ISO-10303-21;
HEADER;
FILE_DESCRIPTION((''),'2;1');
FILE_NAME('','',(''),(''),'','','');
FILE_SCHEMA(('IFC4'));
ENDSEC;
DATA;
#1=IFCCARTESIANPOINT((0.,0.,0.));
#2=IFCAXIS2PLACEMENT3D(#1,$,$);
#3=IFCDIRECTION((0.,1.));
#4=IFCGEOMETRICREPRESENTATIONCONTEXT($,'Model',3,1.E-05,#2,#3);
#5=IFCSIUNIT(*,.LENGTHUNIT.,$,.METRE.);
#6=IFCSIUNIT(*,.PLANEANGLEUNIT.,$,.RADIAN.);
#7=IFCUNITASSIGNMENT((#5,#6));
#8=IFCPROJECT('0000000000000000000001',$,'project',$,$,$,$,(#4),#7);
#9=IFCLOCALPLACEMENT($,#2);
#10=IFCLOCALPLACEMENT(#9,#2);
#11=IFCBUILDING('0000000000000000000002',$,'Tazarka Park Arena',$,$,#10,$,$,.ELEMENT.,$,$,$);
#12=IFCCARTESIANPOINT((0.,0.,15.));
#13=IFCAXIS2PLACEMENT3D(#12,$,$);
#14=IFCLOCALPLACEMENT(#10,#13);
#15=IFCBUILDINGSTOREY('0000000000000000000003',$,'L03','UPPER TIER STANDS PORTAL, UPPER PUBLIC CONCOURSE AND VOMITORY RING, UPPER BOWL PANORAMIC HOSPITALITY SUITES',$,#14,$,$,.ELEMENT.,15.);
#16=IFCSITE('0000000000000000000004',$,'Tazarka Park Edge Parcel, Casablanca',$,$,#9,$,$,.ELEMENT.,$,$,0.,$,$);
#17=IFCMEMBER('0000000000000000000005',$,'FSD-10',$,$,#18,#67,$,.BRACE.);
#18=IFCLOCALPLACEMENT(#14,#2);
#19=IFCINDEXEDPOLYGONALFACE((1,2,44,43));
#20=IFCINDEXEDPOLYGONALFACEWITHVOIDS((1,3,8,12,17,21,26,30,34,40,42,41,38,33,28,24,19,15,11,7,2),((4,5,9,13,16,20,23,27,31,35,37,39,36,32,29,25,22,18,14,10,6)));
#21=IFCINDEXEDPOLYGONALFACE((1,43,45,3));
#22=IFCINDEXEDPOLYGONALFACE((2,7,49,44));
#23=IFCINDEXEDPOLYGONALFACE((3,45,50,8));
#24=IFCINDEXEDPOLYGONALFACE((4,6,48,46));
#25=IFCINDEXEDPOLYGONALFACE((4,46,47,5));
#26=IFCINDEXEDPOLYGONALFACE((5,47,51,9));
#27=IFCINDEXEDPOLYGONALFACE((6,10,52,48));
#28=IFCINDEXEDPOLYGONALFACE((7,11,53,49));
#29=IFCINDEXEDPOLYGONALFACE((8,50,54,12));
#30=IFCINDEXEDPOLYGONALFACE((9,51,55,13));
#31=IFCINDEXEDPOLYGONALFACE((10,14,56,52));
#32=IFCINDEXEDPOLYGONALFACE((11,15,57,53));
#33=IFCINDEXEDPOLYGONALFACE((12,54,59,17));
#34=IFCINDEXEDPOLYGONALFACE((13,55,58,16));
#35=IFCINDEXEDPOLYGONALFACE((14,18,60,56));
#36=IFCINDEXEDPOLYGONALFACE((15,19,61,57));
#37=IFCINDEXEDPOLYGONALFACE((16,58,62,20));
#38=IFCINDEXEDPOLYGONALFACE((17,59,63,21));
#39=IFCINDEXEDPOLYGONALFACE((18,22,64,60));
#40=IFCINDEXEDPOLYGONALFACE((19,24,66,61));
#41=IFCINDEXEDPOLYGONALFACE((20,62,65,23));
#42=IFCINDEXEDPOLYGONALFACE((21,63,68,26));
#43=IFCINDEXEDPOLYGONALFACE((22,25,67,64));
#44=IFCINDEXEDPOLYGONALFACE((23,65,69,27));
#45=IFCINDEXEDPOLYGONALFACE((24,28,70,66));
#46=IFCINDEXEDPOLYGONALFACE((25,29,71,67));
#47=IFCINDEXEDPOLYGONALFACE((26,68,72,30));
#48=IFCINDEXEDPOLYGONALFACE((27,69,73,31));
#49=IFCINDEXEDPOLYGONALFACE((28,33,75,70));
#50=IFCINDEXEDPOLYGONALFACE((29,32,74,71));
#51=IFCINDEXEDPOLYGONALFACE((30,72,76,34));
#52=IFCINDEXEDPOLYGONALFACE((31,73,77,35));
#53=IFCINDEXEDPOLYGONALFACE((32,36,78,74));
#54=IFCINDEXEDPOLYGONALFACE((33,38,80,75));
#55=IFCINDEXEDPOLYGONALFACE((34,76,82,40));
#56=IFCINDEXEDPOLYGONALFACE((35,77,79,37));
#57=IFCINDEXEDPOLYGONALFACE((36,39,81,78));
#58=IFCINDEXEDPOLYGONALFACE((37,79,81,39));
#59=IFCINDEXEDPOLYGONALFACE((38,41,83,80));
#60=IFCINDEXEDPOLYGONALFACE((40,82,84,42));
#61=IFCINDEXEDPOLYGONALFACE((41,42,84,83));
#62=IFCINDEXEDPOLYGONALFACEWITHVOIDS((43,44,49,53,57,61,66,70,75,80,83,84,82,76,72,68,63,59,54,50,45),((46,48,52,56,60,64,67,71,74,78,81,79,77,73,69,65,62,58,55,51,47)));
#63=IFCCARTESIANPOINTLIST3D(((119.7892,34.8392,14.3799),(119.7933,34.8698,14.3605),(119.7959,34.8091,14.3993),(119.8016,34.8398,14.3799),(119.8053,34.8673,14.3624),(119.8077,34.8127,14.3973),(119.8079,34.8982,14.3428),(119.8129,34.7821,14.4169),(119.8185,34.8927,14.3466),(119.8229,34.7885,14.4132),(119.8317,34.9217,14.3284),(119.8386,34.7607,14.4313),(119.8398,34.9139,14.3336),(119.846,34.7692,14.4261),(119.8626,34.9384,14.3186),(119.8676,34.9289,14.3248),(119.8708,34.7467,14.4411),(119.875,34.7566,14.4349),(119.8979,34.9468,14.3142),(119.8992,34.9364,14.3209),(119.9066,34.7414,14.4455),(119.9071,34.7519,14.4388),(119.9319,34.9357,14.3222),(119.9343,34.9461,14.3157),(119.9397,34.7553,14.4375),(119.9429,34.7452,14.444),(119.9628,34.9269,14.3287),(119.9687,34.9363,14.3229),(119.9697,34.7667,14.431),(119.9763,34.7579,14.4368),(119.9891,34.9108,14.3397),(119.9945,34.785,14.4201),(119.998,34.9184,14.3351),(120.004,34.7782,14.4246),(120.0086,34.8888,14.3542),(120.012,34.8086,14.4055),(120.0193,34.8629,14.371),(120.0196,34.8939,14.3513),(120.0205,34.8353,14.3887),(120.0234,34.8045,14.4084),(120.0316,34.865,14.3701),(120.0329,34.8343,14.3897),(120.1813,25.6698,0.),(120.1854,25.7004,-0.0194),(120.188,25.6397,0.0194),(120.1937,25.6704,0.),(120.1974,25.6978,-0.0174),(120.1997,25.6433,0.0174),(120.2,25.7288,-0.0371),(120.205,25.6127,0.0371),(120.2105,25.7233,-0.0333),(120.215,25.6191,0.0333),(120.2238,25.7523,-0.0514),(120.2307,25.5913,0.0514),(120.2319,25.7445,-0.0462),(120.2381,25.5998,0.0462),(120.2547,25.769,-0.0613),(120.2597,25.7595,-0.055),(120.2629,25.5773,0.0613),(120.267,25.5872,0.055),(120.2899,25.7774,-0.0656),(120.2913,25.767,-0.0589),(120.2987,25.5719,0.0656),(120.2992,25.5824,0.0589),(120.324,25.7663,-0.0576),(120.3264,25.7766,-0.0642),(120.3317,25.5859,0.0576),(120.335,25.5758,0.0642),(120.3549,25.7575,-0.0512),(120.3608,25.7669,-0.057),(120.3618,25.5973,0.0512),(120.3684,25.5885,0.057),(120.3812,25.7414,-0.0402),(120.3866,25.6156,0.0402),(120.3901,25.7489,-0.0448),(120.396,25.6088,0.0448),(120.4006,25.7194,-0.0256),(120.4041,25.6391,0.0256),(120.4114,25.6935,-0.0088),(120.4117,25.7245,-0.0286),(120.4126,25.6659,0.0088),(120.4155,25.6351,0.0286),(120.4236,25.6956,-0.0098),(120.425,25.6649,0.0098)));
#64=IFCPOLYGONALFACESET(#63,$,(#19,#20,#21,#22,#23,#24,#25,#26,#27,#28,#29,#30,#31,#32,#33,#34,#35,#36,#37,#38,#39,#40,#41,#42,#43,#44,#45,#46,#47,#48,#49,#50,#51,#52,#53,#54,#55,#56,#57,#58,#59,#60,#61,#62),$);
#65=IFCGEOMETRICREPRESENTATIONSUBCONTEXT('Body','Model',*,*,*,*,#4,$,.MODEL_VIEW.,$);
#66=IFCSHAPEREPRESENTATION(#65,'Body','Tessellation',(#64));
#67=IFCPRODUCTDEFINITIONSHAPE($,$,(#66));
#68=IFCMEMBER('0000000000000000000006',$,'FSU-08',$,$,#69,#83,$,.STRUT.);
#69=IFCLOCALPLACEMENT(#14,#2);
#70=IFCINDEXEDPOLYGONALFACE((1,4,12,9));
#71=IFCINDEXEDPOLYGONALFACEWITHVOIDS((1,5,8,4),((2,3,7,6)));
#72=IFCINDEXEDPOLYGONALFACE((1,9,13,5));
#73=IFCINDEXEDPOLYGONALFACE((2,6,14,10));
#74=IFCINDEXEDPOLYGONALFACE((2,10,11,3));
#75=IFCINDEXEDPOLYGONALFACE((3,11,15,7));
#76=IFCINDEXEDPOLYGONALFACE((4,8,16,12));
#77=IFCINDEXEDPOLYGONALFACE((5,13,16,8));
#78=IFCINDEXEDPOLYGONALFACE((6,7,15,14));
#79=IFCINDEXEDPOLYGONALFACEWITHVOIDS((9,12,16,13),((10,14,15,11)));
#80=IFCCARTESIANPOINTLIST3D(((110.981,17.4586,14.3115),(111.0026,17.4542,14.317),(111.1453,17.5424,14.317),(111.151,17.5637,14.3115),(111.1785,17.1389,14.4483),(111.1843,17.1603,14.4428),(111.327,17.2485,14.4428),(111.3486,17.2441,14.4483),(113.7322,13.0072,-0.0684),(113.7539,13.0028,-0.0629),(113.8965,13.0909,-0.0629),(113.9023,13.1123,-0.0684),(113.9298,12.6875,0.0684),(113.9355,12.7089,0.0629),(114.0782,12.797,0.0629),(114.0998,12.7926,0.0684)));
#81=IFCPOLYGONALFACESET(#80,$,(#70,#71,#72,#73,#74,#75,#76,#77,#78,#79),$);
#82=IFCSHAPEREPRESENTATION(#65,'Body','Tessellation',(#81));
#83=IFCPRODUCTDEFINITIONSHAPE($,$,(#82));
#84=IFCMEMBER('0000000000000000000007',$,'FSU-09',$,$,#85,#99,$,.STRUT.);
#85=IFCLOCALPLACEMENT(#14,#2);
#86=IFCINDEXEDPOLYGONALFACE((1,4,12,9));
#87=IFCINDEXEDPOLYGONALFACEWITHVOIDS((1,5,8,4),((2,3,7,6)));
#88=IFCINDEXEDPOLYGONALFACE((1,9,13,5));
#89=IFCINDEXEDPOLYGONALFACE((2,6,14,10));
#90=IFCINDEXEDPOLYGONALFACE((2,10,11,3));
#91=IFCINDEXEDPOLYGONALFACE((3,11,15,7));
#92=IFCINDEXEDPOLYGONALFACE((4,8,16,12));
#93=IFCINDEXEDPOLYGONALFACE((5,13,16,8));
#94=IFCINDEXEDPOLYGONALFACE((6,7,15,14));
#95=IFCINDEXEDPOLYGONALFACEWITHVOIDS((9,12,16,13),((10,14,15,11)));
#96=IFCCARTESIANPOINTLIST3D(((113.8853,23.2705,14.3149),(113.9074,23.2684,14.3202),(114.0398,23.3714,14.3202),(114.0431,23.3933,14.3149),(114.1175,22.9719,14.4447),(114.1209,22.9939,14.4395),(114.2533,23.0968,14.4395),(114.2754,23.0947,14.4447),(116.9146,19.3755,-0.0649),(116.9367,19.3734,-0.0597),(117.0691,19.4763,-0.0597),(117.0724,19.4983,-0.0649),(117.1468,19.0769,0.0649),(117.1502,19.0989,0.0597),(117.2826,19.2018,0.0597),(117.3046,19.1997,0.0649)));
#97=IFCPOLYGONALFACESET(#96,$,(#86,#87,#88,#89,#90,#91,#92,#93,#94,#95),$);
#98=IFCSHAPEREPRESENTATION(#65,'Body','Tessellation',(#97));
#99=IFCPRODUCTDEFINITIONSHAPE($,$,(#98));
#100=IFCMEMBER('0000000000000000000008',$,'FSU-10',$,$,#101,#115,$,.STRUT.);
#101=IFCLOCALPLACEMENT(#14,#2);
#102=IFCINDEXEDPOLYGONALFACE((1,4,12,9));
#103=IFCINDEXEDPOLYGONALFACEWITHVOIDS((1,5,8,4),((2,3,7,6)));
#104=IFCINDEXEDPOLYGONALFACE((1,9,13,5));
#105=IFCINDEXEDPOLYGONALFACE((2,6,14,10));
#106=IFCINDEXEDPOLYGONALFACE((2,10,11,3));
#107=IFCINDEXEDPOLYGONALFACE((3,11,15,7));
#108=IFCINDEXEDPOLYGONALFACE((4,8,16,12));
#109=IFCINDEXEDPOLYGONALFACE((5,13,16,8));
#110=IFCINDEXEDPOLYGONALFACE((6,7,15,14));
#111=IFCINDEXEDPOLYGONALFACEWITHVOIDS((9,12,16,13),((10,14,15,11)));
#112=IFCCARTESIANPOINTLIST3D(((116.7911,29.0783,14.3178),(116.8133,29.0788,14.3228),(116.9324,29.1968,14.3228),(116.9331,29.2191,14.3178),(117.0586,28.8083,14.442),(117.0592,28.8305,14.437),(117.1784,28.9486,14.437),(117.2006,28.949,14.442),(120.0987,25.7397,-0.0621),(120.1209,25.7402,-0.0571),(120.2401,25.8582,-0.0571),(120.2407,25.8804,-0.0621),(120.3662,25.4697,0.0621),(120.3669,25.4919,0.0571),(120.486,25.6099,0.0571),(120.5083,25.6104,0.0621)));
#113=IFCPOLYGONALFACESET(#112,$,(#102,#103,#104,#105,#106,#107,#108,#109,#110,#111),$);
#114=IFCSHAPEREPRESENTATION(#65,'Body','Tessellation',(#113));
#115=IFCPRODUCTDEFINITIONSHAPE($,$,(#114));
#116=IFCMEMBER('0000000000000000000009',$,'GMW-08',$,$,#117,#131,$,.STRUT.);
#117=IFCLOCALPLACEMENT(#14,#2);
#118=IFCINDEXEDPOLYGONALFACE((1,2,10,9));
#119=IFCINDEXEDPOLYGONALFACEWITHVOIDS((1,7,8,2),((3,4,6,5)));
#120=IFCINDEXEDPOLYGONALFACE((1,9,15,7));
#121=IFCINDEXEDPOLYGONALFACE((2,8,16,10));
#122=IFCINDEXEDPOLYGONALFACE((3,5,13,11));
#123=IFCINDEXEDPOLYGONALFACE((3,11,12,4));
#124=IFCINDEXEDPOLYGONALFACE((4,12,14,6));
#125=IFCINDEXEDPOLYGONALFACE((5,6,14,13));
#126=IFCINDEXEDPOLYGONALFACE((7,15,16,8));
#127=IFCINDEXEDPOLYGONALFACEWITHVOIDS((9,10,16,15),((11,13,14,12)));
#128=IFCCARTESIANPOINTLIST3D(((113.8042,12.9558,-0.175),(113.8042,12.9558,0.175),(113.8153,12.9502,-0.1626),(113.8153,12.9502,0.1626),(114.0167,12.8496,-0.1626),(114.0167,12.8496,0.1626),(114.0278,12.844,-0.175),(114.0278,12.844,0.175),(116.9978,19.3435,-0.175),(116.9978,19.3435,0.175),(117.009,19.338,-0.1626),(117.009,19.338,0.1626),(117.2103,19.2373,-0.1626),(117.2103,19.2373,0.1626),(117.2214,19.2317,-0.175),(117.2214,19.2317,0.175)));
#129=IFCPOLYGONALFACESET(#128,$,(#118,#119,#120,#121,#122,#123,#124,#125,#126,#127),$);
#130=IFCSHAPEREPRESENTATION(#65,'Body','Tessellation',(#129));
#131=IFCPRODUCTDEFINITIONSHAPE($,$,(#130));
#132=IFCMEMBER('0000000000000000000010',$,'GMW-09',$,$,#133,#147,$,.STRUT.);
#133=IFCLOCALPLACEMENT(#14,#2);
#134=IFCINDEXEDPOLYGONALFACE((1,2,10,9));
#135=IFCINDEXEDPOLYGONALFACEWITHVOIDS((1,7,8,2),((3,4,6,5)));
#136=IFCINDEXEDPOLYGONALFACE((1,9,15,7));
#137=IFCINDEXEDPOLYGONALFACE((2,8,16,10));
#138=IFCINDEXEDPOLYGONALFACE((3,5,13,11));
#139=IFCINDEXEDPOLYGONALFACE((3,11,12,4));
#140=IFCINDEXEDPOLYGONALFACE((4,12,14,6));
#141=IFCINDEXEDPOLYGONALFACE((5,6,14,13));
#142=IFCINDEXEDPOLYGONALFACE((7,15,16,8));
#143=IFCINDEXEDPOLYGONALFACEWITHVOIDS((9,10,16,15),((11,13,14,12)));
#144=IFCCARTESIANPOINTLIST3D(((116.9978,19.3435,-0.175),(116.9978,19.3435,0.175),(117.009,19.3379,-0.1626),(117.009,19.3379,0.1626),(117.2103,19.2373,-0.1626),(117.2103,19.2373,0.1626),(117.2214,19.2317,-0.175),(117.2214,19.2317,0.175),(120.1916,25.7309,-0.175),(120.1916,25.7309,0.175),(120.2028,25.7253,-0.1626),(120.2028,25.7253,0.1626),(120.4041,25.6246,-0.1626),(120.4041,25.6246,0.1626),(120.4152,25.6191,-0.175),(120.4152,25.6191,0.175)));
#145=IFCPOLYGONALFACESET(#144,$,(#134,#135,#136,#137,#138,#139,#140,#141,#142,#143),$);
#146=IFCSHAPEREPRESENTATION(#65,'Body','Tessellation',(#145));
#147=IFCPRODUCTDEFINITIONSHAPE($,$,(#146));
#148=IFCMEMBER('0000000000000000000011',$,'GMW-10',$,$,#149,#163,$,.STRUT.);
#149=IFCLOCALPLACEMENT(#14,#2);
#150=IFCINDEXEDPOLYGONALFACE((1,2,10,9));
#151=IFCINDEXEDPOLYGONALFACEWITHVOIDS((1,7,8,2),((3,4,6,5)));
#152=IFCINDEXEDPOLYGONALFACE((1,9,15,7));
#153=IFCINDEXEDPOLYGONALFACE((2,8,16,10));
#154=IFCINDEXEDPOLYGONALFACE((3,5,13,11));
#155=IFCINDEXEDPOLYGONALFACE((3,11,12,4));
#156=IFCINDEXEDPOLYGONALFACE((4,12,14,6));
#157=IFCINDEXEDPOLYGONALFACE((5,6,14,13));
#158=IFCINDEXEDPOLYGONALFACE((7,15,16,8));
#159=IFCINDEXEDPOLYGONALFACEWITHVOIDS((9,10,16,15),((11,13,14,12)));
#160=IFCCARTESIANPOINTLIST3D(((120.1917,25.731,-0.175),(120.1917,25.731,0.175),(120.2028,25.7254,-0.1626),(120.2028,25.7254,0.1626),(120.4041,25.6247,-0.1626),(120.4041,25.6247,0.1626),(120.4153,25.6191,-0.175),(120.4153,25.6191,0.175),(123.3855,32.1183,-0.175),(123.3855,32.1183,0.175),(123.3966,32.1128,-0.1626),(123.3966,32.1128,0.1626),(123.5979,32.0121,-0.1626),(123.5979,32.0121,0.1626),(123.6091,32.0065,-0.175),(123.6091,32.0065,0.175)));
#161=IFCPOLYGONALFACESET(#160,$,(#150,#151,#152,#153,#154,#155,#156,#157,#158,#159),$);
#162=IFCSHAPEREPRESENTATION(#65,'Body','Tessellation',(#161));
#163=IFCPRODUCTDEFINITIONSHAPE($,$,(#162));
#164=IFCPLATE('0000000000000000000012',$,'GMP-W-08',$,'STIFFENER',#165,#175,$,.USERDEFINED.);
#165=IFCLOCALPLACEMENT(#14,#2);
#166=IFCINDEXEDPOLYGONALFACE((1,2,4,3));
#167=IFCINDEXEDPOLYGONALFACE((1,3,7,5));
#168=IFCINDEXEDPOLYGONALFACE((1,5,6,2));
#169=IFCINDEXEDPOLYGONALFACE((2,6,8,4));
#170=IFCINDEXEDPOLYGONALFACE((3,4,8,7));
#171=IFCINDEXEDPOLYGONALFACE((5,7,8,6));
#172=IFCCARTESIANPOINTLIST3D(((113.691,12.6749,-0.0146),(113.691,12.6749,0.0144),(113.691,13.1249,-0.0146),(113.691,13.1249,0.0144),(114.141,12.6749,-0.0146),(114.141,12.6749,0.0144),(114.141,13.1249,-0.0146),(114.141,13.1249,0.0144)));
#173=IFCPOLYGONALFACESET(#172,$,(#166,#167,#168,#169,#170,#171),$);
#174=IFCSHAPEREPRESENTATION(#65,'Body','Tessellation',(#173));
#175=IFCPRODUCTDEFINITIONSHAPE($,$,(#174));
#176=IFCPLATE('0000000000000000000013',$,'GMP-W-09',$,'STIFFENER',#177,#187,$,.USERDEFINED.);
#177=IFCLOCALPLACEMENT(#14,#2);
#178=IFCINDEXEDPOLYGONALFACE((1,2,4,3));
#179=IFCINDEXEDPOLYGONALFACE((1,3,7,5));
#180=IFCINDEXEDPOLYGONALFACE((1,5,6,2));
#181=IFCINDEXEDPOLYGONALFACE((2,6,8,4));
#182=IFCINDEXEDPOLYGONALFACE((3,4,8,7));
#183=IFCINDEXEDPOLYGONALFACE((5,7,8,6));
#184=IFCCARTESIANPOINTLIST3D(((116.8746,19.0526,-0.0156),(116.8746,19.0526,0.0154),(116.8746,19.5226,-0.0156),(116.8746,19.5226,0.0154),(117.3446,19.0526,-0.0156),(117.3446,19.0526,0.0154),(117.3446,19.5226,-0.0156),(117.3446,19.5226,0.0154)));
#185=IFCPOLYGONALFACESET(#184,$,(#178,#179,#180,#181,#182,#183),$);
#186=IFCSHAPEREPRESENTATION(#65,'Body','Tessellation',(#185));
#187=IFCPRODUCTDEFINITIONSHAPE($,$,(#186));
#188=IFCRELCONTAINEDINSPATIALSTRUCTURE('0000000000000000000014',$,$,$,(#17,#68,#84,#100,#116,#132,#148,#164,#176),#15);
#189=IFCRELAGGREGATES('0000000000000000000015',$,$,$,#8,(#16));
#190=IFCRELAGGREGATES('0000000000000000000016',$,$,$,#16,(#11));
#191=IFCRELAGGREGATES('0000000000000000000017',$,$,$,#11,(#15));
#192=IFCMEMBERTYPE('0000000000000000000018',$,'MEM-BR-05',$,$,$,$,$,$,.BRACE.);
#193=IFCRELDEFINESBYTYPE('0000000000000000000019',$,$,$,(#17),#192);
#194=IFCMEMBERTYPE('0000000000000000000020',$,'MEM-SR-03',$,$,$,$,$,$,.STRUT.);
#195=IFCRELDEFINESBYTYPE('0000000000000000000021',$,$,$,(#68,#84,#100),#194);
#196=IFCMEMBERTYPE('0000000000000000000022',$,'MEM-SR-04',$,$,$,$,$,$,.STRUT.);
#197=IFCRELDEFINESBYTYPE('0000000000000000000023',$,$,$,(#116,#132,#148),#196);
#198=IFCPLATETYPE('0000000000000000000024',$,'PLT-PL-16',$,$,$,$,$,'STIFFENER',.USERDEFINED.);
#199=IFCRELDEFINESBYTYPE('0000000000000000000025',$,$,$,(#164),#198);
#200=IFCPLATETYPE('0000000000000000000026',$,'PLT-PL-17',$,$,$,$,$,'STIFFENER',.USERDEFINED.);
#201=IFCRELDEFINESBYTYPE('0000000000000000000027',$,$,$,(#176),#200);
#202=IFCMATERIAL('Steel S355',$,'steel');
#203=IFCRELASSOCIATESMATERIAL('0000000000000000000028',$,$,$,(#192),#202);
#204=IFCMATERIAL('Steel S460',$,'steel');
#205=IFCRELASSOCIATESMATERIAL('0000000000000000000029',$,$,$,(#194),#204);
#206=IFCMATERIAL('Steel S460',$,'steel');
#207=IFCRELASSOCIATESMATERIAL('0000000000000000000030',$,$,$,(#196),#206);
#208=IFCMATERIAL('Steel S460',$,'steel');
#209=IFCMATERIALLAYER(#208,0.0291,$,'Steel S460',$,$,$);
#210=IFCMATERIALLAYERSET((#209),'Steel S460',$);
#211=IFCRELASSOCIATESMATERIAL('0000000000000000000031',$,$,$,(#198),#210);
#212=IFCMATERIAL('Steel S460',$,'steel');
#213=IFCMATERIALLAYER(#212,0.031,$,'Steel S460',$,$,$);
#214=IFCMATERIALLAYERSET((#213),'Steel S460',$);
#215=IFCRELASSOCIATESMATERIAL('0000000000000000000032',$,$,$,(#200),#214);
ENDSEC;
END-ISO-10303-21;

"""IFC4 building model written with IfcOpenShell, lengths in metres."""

from ifc_helpers import new_model, si_unit, direction, frame, origin, origin_2d, place, context, subcontext, project, spatial, rectangle, hollow_rectangle, hollow_circle, extrude, material, layer, layer_set, material_profile, profile_set, type_object, element, save


model = new_model("IFC4")

# Units and contexts
model_context = context("Model", 3, precision=1e-05, world=origin(), true_north=direction((0.0, 1.0)))
body_context = subcontext(model_context, "Body", "Model", "MODEL_VIEW")
ifc_project = project(units=[si_unit("LENGTHUNIT", "METRE"), si_unit("PLANEANGLEUNIT", "RADIAN")], contexts=[model_context])

# Site, building, storey
site_placement = place(None, origin())
site = spatial("IfcSite", under=ifc_project, at=site_placement, Name="Tazarka Park Edge Parcel, Casablanca", CompositionType="ELEMENT", RefElevation=0.0)
building_placement = place(site_placement, origin())
building = spatial("IfcBuilding", under=site, at=building_placement, Name="Tazarka Park Arena", CompositionType="ELEMENT")
storey_placement = place(building_placement, frame((0.0, 0.0, 15.0)))
storey = spatial("IfcBuildingStorey", under=building, at=storey_placement, Name="L03", Description="UPPER TIER STANDS PORTAL, UPPER PUBLIC CONCOURSE AND VOMITORY RING, UPPER BOWL PANORAMIC HOSPITALITY SUITES", CompositionType="ELEMENT", Elevation=15.0)

# Members
ifc_material_1 = material(Name="Steel S355", Category="steel")
ifc_material_profile_1 = material_profile(ifc_material_1, hollow_circle(Radius=0.1223, WallThickness=0.0125, at=origin_2d()), Name="Steel S355")
ifc_profile_set_1 = profile_set([ifc_material_profile_1], Name="Steel S355")
member_type_1 = type_object("IfcMemberType", Name="MEM-BR-05", PredefinedType="BRACE", material=ifc_profile_set_1)
member_1_placement = place(storey_placement, frame((120.3035, 25.675, 0.0), z_axis=(-0.022984, 0.537509, 0.842944), x_axis=(-0.999087, -0.042721, 0.0)))
element("IfcMember", 1, at=member_1_placement, inside=storey, type_object=member_type_1, Name="FSD-10", PredefinedType="BRACE", context=body_context, shape_type="SweptSolid", body=[
    extrude(hollow_circle(Radius=0.1223, WallThickness=0.0125, at=origin_2d()), origin(), (0.0, 0.0, 1.0), 17.0591),
])
ifc_material_2 = material(Name="Steel S460", Category="steel")
ifc_material_profile_2 = material_profile(ifc_material_2, hollow_rectangle(XDim=0.2, YDim=0.3999, WallThickness=0.0161, at=origin_2d()), Name="Steel S460")
ifc_profile_set_2 = profile_set([ifc_material_profile_2], Name="Steel S460")
member_type_2 = type_object("IfcMemberType", Name="MEM-SR-03", PredefinedType="STRUT", material=ifc_profile_set_2)
member_2_placement = place(storey_placement, frame((113.916, 12.8999, 0.0), z_axis=(-0.179789, 0.290895, 0.93971), x_axis=(-0.850643, -0.525744, 0.0)))
element("IfcMember", 2, at=member_2_placement, inside=storey, type_object=member_type_2, Name="FSU-08", PredefinedType="STRUT", context=body_context, shape_type="SweptSolid", body=[
    extrude(hollow_rectangle(XDim=0.2, YDim=0.3999, WallThickness=0.0161, at=origin_2d()), origin(), (0.0, 0.0, 1.0), 15.3025),
])
member_3_placement = place(storey_placement, frame((117.1096, 19.2876, 0.0), z_axis=(-0.199258, 0.256202, 0.945863), x_axis=(-0.789368, -0.61392, 0.0)))
element("IfcMember", 3, at=member_3_placement, inside=storey, type_object=member_type_2, Name="FSU-09", PredefinedType="STRUT", context=body_context, shape_type="SweptSolid", body=[
    extrude(hollow_rectangle(XDim=0.2, YDim=0.3999, WallThickness=0.0161, at=origin_2d()), origin(), (0.0, 0.0, 1.0), 15.2029),
])
member_4_placement = place(storey_placement, frame((120.3035, 25.675, 0.0), z_axis=(-0.218637, 0.220686, 0.950524), x_axis=(-0.710398, -0.7038, 0.0)))
element("IfcMember", 4, at=member_4_placement, inside=storey, type_object=member_type_2, Name="FSU-10", PredefinedType="STRUT", context=body_context, shape_type="SweptSolid", body=[
    extrude(hollow_rectangle(XDim=0.2, YDim=0.3999, WallThickness=0.0161, at=origin_2d()), origin(), (0.0, 0.0, 1.0), 15.1284),
])
ifc_material_3 = material(Name="Steel S460", Category="steel")
ifc_material_profile_3 = material_profile(ifc_material_3, hollow_rectangle(XDim=0.25, YDim=0.3501, WallThickness=0.0125, at=origin_2d()), Name="Steel S460")
ifc_profile_set_3 = profile_set([ifc_material_profile_3], Name="Steel S460")
member_type_3 = type_object("IfcMemberType", Name="MEM-SR-04", PredefinedType="STRUT", material=ifc_profile_set_3)
member_5_placement = place(storey_placement, frame((113.916, 12.8999, 0.0), z_axis=(0.447186, 0.894441, 0.0), x_axis=(-0.894441, 0.447186, 0.0)))
element("IfcMember", 5, at=member_5_placement, inside=storey, type_object=member_type_3, Name="GMW-08", PredefinedType="STRUT", context=body_context, shape_type="SweptSolid", body=[
    extrude(hollow_rectangle(XDim=0.25, YDim=0.3501, WallThickness=0.0125, at=origin_2d()), origin(), (0.0, 0.0, 1.0), 7.1416),
])
for number, where, z_axis, x_axis, name in (
    (6, (117.1096, 19.2876, 0.0), (0.447227, 0.89442, 0.0), (-0.89442, 0.447227, 0.0), "GMW-09"),
    (7, (120.3035, 25.675, 0.0), (0.447227, 0.89442, 0.0), (-0.89442, 0.447227, 0.0), "GMW-10"),
):
    element("IfcMember", number, at=place(storey_placement, frame(where, z_axis=z_axis, x_axis=x_axis)), inside=storey, type_object=member_type_3, Name=name, PredefinedType="STRUT", context=body_context, shape_type="SweptSolid", body=[
        extrude(hollow_rectangle(XDim=0.25, YDim=0.3501, WallThickness=0.0125, at=origin_2d()), origin(), (0.0, 0.0, 1.0), 7.1414),
    ])

# Plates
ifc_material_4 = material(Name="Steel S460", Category="steel")
ifc_layer_1 = layer(ifc_material_4, 0.0291, Name="Steel S460")
ifc_layer_set_1 = layer_set([ifc_layer_1], Name="Steel S460")
plate_type_1 = type_object("IfcPlateType", Name="PLT-PL-16", ElementType="STIFFENER", PredefinedType="USERDEFINED", material=ifc_layer_set_1)
plate_1_placement = place(storey_placement, frame((113.916, 12.8999, -0.0146), z_axis=(0.0, 0.0, 1.0), x_axis=(1.0, 0.0, 0.0)))
element("IfcPlate", 8, at=plate_1_placement, inside=storey, type_object=plate_type_1, Name="GMP-W-08", ObjectType="STIFFENER", PredefinedType="USERDEFINED", context=body_context, shape_type="SweptSolid", body=[
    extrude(rectangle(XDim=0.45, YDim=0.45, at=origin_2d()), origin(), (0.0, 0.0, 1.0), 0.0291),
])
ifc_material_5 = material(Name="Steel S460", Category="steel")
ifc_layer_2 = layer(ifc_material_5, 0.031, Name="Steel S460")
ifc_layer_set_2 = layer_set([ifc_layer_2], Name="Steel S460")
plate_type_2 = type_object("IfcPlateType", Name="PLT-PL-17", ElementType="STIFFENER", PredefinedType="USERDEFINED", material=ifc_layer_set_2)
plate_2_placement = place(storey_placement, frame((117.1096, 19.2876, -0.0156), z_axis=(0.0, 0.0, 1.0), x_axis=(1.0, 0.0, 0.0)))
element("IfcPlate", 9, at=plate_2_placement, inside=storey, type_object=plate_type_2, Name="GMP-W-09", ObjectType="STIFFENER", PredefinedType="USERDEFINED", context=body_context, shape_type="SweptSolid", body=[
    extrude(rectangle(XDim=0.47, YDim=0.47, at=origin_2d()), origin(), (0.0, 0.0, 1.0), 0.031),
])

save(model, "model.ifc")
